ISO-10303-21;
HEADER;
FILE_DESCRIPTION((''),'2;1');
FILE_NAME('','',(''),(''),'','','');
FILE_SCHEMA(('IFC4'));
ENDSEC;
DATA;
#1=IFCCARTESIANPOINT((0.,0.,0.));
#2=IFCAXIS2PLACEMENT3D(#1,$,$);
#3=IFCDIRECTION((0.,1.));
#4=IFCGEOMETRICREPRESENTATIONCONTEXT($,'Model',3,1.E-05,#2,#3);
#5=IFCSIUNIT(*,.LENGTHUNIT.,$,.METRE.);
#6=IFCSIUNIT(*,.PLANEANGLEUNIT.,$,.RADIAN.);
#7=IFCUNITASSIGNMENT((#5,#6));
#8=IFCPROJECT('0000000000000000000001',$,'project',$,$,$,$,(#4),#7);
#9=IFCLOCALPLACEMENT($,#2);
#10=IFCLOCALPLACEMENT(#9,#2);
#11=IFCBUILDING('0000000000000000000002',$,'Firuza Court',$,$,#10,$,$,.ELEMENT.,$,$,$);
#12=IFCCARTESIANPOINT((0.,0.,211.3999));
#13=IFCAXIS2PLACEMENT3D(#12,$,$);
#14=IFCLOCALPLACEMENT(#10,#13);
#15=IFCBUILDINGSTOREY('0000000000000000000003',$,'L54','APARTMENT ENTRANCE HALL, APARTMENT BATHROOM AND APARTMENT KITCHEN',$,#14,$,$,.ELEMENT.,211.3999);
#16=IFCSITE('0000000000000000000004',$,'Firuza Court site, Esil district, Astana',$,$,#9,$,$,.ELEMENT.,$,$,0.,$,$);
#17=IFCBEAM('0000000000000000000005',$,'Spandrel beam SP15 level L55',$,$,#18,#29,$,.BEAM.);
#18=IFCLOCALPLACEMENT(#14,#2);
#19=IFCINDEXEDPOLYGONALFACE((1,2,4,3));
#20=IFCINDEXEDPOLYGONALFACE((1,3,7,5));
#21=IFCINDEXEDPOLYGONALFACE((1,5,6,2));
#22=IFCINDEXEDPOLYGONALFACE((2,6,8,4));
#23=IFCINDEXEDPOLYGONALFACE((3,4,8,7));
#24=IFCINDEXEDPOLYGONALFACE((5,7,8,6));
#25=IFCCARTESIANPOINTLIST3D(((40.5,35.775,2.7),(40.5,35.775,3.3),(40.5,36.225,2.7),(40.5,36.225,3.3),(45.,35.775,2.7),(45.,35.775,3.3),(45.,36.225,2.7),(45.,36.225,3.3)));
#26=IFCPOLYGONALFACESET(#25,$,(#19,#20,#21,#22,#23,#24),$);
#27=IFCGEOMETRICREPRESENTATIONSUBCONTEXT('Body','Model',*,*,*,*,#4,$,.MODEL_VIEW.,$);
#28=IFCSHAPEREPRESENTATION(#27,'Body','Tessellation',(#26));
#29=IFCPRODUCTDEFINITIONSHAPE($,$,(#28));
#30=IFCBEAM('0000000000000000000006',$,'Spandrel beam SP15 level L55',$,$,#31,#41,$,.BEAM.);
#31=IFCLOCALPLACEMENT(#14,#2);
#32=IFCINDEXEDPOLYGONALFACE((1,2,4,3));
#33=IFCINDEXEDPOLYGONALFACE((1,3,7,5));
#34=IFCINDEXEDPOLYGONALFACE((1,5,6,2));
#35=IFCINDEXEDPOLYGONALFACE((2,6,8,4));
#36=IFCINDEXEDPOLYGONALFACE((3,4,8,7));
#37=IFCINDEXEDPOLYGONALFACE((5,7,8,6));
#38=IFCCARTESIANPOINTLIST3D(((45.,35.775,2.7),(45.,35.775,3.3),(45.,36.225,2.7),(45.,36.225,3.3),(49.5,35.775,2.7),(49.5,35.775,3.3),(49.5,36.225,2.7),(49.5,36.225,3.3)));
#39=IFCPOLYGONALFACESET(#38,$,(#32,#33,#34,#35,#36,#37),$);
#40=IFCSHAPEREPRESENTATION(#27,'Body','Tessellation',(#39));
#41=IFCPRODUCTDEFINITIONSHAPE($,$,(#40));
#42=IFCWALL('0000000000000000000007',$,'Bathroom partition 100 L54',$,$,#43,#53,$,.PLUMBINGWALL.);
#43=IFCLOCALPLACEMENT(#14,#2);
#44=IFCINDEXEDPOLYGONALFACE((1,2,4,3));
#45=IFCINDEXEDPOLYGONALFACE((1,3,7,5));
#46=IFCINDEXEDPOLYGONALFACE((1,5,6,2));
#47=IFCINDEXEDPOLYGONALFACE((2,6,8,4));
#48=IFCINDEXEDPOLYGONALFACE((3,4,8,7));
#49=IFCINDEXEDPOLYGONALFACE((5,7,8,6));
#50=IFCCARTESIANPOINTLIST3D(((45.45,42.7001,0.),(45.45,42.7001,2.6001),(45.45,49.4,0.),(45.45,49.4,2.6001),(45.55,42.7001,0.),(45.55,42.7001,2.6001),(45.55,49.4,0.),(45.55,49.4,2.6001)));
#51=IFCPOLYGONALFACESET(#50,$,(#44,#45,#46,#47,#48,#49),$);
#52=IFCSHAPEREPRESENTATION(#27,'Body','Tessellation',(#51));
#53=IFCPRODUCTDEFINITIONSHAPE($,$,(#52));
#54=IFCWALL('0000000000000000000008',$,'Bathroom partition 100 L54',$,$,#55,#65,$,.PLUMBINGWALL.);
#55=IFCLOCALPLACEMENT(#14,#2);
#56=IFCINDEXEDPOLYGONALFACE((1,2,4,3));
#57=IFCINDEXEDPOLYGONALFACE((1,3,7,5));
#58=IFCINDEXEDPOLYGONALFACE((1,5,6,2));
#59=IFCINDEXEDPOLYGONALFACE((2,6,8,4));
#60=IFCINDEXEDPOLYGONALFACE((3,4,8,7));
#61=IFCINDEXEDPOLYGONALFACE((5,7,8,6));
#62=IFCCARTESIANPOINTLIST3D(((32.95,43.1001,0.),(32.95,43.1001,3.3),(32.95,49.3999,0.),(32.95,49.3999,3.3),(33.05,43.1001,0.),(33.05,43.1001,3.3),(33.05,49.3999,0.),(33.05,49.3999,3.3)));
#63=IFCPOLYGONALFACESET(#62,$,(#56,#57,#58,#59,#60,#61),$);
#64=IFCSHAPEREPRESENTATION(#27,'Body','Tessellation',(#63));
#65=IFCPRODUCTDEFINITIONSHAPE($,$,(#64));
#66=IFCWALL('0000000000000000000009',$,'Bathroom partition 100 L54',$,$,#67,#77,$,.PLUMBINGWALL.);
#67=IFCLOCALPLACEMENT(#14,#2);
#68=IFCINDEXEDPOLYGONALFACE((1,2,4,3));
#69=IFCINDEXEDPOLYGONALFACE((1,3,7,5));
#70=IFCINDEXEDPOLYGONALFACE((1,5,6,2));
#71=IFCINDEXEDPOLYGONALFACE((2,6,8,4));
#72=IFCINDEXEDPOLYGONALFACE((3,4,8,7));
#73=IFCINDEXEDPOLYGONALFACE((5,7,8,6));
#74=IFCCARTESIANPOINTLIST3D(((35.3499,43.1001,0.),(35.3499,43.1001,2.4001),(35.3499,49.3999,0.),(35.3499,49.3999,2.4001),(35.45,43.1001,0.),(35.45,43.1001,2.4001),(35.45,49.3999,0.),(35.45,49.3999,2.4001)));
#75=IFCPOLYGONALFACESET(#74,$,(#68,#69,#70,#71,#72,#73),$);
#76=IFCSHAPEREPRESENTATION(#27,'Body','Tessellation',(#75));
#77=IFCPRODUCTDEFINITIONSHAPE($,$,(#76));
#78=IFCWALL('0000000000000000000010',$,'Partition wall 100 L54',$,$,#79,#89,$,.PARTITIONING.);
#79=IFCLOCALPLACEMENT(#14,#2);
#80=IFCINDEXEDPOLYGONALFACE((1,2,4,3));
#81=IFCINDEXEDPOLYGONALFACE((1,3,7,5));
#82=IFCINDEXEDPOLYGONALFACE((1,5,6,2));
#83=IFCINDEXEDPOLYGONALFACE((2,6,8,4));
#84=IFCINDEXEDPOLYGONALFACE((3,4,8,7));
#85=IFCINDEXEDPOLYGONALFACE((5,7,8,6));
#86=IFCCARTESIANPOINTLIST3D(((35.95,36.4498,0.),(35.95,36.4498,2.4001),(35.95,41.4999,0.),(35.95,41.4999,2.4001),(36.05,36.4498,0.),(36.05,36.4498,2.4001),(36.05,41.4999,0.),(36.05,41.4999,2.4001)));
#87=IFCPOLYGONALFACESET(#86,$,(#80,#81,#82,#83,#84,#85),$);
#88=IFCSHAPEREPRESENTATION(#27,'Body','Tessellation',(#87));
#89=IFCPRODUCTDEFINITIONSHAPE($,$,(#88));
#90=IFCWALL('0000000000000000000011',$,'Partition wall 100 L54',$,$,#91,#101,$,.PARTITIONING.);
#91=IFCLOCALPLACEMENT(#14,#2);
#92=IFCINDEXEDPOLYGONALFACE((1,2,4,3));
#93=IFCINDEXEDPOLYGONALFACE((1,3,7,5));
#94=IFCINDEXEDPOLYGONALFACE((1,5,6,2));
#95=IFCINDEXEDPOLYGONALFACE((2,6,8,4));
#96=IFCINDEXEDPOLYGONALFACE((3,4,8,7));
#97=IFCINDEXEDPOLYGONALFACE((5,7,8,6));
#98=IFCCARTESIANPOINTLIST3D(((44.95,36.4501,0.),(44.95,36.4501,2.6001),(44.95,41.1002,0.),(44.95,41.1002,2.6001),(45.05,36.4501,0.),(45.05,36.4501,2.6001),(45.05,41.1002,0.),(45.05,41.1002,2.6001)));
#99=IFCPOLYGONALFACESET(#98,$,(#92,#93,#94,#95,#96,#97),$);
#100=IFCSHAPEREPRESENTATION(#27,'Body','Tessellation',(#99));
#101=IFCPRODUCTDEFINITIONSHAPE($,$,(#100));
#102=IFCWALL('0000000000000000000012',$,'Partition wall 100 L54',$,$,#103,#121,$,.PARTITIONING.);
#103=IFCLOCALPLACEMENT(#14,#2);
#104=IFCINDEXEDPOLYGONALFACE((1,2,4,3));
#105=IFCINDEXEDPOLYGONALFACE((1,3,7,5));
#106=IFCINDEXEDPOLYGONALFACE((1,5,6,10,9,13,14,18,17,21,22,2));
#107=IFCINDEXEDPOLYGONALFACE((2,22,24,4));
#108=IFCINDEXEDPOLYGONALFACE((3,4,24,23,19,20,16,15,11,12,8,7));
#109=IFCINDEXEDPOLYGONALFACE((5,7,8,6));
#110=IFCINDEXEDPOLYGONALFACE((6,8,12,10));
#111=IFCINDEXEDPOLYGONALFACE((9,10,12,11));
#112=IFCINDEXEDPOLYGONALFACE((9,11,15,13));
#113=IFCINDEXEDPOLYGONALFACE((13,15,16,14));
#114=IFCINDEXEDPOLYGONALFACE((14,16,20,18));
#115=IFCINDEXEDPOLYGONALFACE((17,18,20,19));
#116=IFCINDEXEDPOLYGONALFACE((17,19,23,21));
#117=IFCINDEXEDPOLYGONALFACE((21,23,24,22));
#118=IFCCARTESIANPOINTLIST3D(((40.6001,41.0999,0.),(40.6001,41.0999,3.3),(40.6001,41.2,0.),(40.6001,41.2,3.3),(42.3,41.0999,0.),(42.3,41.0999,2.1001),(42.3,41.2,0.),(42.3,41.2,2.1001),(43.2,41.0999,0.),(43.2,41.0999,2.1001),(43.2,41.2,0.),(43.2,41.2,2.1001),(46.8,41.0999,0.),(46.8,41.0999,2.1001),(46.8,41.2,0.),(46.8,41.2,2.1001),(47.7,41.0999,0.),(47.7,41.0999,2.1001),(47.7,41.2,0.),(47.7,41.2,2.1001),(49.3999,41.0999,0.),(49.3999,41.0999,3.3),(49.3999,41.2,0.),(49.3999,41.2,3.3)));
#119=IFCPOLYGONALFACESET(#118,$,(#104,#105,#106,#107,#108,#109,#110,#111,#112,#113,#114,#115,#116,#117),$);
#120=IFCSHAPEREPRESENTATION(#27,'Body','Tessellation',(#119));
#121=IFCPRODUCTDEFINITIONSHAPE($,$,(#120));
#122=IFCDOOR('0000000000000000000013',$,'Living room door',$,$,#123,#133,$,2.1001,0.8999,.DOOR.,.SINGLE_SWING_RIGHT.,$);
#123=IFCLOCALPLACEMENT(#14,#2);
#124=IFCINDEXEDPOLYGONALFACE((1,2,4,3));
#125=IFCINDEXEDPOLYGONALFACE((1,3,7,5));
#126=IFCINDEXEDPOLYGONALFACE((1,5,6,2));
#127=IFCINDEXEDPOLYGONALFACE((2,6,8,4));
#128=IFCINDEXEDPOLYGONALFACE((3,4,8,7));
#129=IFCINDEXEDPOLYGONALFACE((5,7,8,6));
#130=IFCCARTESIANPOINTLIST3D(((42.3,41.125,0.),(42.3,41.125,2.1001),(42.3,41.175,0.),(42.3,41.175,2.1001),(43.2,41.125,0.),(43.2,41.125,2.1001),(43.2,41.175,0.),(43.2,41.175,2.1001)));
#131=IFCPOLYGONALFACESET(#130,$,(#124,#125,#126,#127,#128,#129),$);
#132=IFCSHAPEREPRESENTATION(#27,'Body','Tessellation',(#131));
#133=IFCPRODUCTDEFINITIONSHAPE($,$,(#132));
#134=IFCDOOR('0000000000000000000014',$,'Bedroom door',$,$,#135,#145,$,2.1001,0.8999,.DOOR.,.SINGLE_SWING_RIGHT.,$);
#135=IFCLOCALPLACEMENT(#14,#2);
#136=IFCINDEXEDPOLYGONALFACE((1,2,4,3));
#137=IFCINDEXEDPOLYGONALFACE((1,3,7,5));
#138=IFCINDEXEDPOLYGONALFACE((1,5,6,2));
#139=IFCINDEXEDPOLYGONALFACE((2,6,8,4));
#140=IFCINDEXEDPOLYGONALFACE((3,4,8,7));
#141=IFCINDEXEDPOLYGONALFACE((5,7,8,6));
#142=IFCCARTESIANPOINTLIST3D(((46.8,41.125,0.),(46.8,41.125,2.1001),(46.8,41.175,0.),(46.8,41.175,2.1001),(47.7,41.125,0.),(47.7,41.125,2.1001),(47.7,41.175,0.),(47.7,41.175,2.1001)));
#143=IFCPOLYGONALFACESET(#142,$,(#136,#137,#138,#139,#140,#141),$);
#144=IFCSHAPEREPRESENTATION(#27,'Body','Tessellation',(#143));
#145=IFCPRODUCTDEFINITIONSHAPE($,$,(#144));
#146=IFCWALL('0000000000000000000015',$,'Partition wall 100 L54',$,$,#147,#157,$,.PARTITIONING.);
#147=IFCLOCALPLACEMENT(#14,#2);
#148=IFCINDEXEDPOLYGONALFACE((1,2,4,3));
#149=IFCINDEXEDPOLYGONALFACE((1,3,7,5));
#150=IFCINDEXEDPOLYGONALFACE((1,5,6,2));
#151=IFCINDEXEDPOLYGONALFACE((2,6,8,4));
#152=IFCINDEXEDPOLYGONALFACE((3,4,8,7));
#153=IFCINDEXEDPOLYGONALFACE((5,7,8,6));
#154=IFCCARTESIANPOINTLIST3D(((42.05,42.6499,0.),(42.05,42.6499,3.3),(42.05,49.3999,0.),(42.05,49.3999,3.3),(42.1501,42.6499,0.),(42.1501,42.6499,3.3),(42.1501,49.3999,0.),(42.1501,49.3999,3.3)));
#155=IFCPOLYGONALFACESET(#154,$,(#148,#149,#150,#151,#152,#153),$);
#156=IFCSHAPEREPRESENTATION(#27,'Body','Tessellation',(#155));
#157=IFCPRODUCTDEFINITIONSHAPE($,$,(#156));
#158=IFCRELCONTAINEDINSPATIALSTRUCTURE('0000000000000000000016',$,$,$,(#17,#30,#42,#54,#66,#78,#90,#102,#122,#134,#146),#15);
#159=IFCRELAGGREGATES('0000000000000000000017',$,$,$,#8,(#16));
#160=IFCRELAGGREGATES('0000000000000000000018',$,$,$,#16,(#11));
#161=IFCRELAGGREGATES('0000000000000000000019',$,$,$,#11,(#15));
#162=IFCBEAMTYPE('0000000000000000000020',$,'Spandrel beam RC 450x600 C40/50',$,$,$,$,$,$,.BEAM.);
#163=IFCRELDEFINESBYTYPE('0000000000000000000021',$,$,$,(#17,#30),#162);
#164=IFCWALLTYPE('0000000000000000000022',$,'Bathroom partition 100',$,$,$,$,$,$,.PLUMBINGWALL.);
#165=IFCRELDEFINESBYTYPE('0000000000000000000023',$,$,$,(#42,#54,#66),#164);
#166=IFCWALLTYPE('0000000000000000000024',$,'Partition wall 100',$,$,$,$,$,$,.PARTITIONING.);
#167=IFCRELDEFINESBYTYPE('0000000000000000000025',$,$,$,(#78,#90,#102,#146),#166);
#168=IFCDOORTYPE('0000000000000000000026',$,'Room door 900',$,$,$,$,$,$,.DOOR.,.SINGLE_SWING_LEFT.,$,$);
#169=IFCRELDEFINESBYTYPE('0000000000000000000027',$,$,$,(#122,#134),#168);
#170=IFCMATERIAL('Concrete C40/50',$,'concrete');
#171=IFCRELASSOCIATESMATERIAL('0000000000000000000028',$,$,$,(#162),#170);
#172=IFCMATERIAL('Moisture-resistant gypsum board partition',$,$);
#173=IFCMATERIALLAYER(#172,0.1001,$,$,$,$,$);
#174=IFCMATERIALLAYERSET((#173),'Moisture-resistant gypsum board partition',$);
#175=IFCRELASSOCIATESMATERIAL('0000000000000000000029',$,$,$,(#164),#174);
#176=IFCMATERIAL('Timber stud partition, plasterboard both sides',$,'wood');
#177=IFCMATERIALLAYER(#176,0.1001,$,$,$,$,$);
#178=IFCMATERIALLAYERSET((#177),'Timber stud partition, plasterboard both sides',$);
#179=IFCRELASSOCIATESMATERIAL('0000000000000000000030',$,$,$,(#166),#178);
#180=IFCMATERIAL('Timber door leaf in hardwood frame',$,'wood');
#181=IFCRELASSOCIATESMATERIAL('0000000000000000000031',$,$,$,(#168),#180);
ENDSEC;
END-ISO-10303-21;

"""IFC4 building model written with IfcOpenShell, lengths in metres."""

from ifc_helpers import new_model, si_unit, direction, frame, frame_2d, origin, origin_2d, place, context, subcontext, project, spatial, rectangle, extrude, material, layer, layer_set, material_profile, profile_set, type_object, element, fill, save


model = new_model("IFC4")

# Units and contexts
model_context = context("Model", 3, precision=1e-05, world=origin(), true_north=direction((0.0, 1.0)))
body_context = subcontext(model_context, "Body", "Model", "MODEL_VIEW")
ifc_project = project(units=[si_unit("LENGTHUNIT", "METRE"), si_unit("PLANEANGLEUNIT", "RADIAN")], contexts=[model_context])

# Site, building, storey
site_placement = place(None, origin())
site = spatial("IfcSite", under=ifc_project, at=site_placement, Name="Firuza Court site, Esil district, Astana", CompositionType="ELEMENT", RefElevation=0.0)
building_placement = place(site_placement, origin())
building = spatial("IfcBuilding", under=site, at=building_placement, Name="Firuza Court", CompositionType="ELEMENT")
storey_placement = place(building_placement, frame((0.0, 0.0, 211.3999)))
storey = spatial("IfcBuildingStorey", under=building, at=storey_placement, Name="L54", Description="APARTMENT ENTRANCE HALL, APARTMENT BATHROOM AND APARTMENT KITCHEN", CompositionType="ELEMENT", Elevation=211.3999)

# Beams
ifc_material_1 = material(Name="Concrete C40/50", Category="concrete")
ifc_material_profile_1 = material_profile(ifc_material_1, rectangle(XDim=0.45, YDim=0.6001, at=origin_2d()), Name="RC 450x600")
ifc_profile_set_1 = profile_set([ifc_material_profile_1], Name="Concrete C40/50")
beam_type_1 = type_object("IfcBeamType", Name="Spandrel beam RC 450x600 C40/50", PredefinedType="BEAM", material=ifc_profile_set_1)
for number, where, z_axis, x_axis, name in (
    (1, (40.5, 36.0, 3.0), (1.0, 0.0, 0.0), (0.0, 1.0, 0.0), "Spandrel beam SP15 level L55"),
    (2, (45.0, 36.0, 3.0), (1.0, 0.0, 0.0), (0.0, 1.0, 0.0), "Spandrel beam SP15 level L55"),
):
    element("IfcBeam", number, at=place(storey_placement, frame(where, z_axis=z_axis, x_axis=x_axis)), inside=storey, type_object=beam_type_1, Name=name, PredefinedType="BEAM", context=body_context, shape_type="SweptSolid", body=[
        extrude(rectangle(XDim=0.45, YDim=0.6001, at=origin_2d()), origin(), (0.0, 0.0, 1.0), 4.5),
    ])

# Walls
ifc_material_2 = material(Name="Moisture-resistant gypsum board partition")
ifc_layer_1 = layer(ifc_material_2, 0.1001)
ifc_layer_set_1 = layer_set([ifc_layer_1], Name="Moisture-resistant gypsum board partition")
wall_type_1 = type_object("IfcWallType", Name="Bathroom partition 100", PredefinedType="PLUMBINGWALL", material=ifc_layer_set_1)
wall_1_placement = place(storey_placement, frame((45.5, 42.7, 0.0), z_axis=(0.0, 0.0, 1.0), x_axis=(0.0, 1.0, 0.0)))
element("IfcWall", 3, at=wall_1_placement, inside=storey, type_object=wall_type_1, Name="Bathroom partition 100 L54", PredefinedType="PLUMBINGWALL", context=body_context, shape_type="SweptSolid", body=[
    extrude(rectangle(XDim=6.7, YDim=0.1001, at=frame_2d((3.3501, 0.0))), origin(), (0.0, 0.0, 1.0), 2.6001),
])
wall_2_placement = place(storey_placement, frame((33.0, 43.1001, 0.0), z_axis=(0.0, 0.0, 1.0), x_axis=(0.0, 1.0, 0.0)))
element("IfcWall", 4, at=wall_2_placement, inside=storey, type_object=wall_type_1, Name="Bathroom partition 100 L54", PredefinedType="PLUMBINGWALL", context=body_context, shape_type="SweptSolid", body=[
    extrude(rectangle(XDim=6.2998, YDim=0.1001, at=frame_2d((3.1499, 0.0))), origin(), (0.0, 0.0, 1.0), 3.3),
])
wall_3_placement = place(storey_placement, frame((35.3999, 43.1001, 0.0), z_axis=(0.0, 0.0, 1.0), x_axis=(0.0, 1.0, 0.0)))
element("IfcWall", 5, at=wall_3_placement, inside=storey, type_object=wall_type_1, Name="Bathroom partition 100 L54", PredefinedType="PLUMBINGWALL", context=body_context, shape_type="SweptSolid", body=[
    extrude(rectangle(XDim=6.2998, YDim=0.1001, at=frame_2d((3.1499, 0.0))), origin(), (0.0, 0.0, 1.0), 2.4001),
])
ifc_material_3 = material(Name="Timber stud partition, plasterboard both sides", Category="wood")
ifc_layer_2 = layer(ifc_material_3, 0.1001)
ifc_layer_set_2 = layer_set([ifc_layer_2], Name="Timber stud partition, plasterboard both sides")
wall_type_2 = type_object("IfcWallType", Name="Partition wall 100", PredefinedType="PARTITIONING", material=ifc_layer_set_2)
wall_4_placement = place(storey_placement, frame((36.0, 36.45, 0.0), z_axis=(0.0, 0.0, 1.0), x_axis=(0.0, 1.0, 0.0)))
element("IfcWall", 6, at=wall_4_placement, inside=storey, type_object=wall_type_2, Name="Partition wall 100 L54", PredefinedType="PARTITIONING", context=body_context, shape_type="SweptSolid", body=[
    extrude(rectangle(XDim=5.05, YDim=0.1001, at=frame_2d((2.5249, 0.0))), origin(), (0.0, 0.0, 1.0), 2.4001),
])
wall_5_placement = place(storey_placement, frame((45.0, 36.45, 0.0), z_axis=(0.0, 0.0, 1.0), x_axis=(0.0, 1.0, 0.0)))
element("IfcWall", 7, at=wall_5_placement, inside=storey, type_object=wall_type_2, Name="Partition wall 100 L54", PredefinedType="PARTITIONING", context=body_context, shape_type="SweptSolid", body=[
    extrude(rectangle(XDim=4.6501, YDim=0.1001, at=frame_2d((2.3252, 0.0))), origin(), (0.0, 0.0, 1.0), 2.6001),
])

# Wall, openings, doors
wall_6_placement = place(storey_placement, frame((40.6001, 41.1499, 0.0), z_axis=(0.0, 0.0, 1.0), x_axis=(1.0, 0.0, 0.0)))
wall_6 = element("IfcWall", 8, at=wall_6_placement, inside=storey, type_object=wall_type_2, Name="Partition wall 100 L54", PredefinedType="PARTITIONING", context=body_context, shape_type="SweptSolid", body=[
    extrude(rectangle(XDim=8.7998, YDim=0.1001, at=frame_2d((4.3999, 0.0))), origin(), (0.0, 0.0, 1.0), 3.3),
])
opening_1_placement = place(wall_6_placement, frame((1.7, 0.0, 0.0)))
opening_1 = element("IfcOpeningElement", 9, at=opening_1_placement, cuts=wall_6, PredefinedType="OPENING", context=body_context, shape_type="SweptSolid", body=[
    extrude(rectangle(XDim=0.8999, YDim=2.1001, at=frame_2d((0.45, 1.05))), frame((0.0, 0.062, 0.0), z_axis=(0.0, -1.0, 0.0), x_axis=(1.0, 0.0, 0.0)), (0.0, 0.0, 1.0), 0.124),
])
opening_2_placement = place(wall_6_placement, frame((6.2, 0.0, 0.0)))
opening_2 = element("IfcOpeningElement", 10, at=opening_2_placement, cuts=wall_6, PredefinedType="OPENING", context=body_context, shape_type="SweptSolid", body=[
    extrude(rectangle(XDim=0.8999, YDim=2.1001, at=frame_2d((0.45, 1.05))), frame((0.0, 0.062, 0.0), z_axis=(0.0, -1.0, 0.0), x_axis=(1.0, 0.0, 0.0)), (0.0, 0.0, 1.0), 0.124),
])
ifc_material_4 = material(Name="Timber door leaf in hardwood frame", Category="wood")
door_type_1 = type_object("IfcDoorType", Name="Room door 900", OperationType="SINGLE_SWING_LEFT", PredefinedType="DOOR", material=ifc_material_4)
door_1_placement = place(opening_1_placement, frame((0.8999, 0.0, 0.0), z_axis=(0.0, 0.0, 1.0), x_axis=(-1.0, 0.0, 0.0)))
door_1 = element("IfcDoor", 11, at=door_1_placement, inside=storey, type_object=door_type_1, Name="Living room door", OperationType="SINGLE_SWING_RIGHT", OverallHeight=2.1001, OverallWidth=0.8999, PredefinedType="DOOR", context=body_context, shape_type="SweptSolid", body=[
    extrude(rectangle(XDim=0.8999, YDim=2.1001, at=frame_2d((0.45, 1.05))), frame((0.0, 0.0249, 0.0), z_axis=(0.0, -1.0, 0.0), x_axis=(1.0, 0.0, 0.0)), (0.0, 0.0, 1.0), 0.05),
])
fill(opening_1, door_1)
door_2_placement = place(opening_2_placement, frame((0.8999, 0.0, 0.0), z_axis=(0.0, 0.0, 1.0), x_axis=(-1.0, 0.0, 0.0)))
door_2 = element("IfcDoor", 12, at=door_2_placement, inside=storey, type_object=door_type_1, Name="Bedroom door", OperationType="SINGLE_SWING_RIGHT", OverallHeight=2.1001, OverallWidth=0.8999, PredefinedType="DOOR", context=body_context, shape_type="SweptSolid", body=[
    extrude(rectangle(XDim=0.8999, YDim=2.1001, at=frame_2d((0.45, 1.05))), frame((0.0, 0.0249, 0.0), z_axis=(0.0, -1.0, 0.0), x_axis=(1.0, 0.0, 0.0)), (0.0, 0.0, 1.0), 0.05),
])
fill(opening_2, door_2)

# Wall
wall_7_placement = place(storey_placement, frame((42.1001, 42.6499, 0.0), z_axis=(0.0, 0.0, 1.0), x_axis=(0.0, 1.0, 0.0)))
element("IfcWall", 13, at=wall_7_placement, inside=storey, type_object=wall_type_2, Name="Partition wall 100 L54", PredefinedType="PARTITIONING", context=body_context, shape_type="SweptSolid", body=[
    extrude(rectangle(XDim=6.75, YDim=0.1001, at=frame_2d((3.375, 0.0))), origin(), (0.0, 0.0, 1.0), 3.3),
])

save(model, "model.ifc")
